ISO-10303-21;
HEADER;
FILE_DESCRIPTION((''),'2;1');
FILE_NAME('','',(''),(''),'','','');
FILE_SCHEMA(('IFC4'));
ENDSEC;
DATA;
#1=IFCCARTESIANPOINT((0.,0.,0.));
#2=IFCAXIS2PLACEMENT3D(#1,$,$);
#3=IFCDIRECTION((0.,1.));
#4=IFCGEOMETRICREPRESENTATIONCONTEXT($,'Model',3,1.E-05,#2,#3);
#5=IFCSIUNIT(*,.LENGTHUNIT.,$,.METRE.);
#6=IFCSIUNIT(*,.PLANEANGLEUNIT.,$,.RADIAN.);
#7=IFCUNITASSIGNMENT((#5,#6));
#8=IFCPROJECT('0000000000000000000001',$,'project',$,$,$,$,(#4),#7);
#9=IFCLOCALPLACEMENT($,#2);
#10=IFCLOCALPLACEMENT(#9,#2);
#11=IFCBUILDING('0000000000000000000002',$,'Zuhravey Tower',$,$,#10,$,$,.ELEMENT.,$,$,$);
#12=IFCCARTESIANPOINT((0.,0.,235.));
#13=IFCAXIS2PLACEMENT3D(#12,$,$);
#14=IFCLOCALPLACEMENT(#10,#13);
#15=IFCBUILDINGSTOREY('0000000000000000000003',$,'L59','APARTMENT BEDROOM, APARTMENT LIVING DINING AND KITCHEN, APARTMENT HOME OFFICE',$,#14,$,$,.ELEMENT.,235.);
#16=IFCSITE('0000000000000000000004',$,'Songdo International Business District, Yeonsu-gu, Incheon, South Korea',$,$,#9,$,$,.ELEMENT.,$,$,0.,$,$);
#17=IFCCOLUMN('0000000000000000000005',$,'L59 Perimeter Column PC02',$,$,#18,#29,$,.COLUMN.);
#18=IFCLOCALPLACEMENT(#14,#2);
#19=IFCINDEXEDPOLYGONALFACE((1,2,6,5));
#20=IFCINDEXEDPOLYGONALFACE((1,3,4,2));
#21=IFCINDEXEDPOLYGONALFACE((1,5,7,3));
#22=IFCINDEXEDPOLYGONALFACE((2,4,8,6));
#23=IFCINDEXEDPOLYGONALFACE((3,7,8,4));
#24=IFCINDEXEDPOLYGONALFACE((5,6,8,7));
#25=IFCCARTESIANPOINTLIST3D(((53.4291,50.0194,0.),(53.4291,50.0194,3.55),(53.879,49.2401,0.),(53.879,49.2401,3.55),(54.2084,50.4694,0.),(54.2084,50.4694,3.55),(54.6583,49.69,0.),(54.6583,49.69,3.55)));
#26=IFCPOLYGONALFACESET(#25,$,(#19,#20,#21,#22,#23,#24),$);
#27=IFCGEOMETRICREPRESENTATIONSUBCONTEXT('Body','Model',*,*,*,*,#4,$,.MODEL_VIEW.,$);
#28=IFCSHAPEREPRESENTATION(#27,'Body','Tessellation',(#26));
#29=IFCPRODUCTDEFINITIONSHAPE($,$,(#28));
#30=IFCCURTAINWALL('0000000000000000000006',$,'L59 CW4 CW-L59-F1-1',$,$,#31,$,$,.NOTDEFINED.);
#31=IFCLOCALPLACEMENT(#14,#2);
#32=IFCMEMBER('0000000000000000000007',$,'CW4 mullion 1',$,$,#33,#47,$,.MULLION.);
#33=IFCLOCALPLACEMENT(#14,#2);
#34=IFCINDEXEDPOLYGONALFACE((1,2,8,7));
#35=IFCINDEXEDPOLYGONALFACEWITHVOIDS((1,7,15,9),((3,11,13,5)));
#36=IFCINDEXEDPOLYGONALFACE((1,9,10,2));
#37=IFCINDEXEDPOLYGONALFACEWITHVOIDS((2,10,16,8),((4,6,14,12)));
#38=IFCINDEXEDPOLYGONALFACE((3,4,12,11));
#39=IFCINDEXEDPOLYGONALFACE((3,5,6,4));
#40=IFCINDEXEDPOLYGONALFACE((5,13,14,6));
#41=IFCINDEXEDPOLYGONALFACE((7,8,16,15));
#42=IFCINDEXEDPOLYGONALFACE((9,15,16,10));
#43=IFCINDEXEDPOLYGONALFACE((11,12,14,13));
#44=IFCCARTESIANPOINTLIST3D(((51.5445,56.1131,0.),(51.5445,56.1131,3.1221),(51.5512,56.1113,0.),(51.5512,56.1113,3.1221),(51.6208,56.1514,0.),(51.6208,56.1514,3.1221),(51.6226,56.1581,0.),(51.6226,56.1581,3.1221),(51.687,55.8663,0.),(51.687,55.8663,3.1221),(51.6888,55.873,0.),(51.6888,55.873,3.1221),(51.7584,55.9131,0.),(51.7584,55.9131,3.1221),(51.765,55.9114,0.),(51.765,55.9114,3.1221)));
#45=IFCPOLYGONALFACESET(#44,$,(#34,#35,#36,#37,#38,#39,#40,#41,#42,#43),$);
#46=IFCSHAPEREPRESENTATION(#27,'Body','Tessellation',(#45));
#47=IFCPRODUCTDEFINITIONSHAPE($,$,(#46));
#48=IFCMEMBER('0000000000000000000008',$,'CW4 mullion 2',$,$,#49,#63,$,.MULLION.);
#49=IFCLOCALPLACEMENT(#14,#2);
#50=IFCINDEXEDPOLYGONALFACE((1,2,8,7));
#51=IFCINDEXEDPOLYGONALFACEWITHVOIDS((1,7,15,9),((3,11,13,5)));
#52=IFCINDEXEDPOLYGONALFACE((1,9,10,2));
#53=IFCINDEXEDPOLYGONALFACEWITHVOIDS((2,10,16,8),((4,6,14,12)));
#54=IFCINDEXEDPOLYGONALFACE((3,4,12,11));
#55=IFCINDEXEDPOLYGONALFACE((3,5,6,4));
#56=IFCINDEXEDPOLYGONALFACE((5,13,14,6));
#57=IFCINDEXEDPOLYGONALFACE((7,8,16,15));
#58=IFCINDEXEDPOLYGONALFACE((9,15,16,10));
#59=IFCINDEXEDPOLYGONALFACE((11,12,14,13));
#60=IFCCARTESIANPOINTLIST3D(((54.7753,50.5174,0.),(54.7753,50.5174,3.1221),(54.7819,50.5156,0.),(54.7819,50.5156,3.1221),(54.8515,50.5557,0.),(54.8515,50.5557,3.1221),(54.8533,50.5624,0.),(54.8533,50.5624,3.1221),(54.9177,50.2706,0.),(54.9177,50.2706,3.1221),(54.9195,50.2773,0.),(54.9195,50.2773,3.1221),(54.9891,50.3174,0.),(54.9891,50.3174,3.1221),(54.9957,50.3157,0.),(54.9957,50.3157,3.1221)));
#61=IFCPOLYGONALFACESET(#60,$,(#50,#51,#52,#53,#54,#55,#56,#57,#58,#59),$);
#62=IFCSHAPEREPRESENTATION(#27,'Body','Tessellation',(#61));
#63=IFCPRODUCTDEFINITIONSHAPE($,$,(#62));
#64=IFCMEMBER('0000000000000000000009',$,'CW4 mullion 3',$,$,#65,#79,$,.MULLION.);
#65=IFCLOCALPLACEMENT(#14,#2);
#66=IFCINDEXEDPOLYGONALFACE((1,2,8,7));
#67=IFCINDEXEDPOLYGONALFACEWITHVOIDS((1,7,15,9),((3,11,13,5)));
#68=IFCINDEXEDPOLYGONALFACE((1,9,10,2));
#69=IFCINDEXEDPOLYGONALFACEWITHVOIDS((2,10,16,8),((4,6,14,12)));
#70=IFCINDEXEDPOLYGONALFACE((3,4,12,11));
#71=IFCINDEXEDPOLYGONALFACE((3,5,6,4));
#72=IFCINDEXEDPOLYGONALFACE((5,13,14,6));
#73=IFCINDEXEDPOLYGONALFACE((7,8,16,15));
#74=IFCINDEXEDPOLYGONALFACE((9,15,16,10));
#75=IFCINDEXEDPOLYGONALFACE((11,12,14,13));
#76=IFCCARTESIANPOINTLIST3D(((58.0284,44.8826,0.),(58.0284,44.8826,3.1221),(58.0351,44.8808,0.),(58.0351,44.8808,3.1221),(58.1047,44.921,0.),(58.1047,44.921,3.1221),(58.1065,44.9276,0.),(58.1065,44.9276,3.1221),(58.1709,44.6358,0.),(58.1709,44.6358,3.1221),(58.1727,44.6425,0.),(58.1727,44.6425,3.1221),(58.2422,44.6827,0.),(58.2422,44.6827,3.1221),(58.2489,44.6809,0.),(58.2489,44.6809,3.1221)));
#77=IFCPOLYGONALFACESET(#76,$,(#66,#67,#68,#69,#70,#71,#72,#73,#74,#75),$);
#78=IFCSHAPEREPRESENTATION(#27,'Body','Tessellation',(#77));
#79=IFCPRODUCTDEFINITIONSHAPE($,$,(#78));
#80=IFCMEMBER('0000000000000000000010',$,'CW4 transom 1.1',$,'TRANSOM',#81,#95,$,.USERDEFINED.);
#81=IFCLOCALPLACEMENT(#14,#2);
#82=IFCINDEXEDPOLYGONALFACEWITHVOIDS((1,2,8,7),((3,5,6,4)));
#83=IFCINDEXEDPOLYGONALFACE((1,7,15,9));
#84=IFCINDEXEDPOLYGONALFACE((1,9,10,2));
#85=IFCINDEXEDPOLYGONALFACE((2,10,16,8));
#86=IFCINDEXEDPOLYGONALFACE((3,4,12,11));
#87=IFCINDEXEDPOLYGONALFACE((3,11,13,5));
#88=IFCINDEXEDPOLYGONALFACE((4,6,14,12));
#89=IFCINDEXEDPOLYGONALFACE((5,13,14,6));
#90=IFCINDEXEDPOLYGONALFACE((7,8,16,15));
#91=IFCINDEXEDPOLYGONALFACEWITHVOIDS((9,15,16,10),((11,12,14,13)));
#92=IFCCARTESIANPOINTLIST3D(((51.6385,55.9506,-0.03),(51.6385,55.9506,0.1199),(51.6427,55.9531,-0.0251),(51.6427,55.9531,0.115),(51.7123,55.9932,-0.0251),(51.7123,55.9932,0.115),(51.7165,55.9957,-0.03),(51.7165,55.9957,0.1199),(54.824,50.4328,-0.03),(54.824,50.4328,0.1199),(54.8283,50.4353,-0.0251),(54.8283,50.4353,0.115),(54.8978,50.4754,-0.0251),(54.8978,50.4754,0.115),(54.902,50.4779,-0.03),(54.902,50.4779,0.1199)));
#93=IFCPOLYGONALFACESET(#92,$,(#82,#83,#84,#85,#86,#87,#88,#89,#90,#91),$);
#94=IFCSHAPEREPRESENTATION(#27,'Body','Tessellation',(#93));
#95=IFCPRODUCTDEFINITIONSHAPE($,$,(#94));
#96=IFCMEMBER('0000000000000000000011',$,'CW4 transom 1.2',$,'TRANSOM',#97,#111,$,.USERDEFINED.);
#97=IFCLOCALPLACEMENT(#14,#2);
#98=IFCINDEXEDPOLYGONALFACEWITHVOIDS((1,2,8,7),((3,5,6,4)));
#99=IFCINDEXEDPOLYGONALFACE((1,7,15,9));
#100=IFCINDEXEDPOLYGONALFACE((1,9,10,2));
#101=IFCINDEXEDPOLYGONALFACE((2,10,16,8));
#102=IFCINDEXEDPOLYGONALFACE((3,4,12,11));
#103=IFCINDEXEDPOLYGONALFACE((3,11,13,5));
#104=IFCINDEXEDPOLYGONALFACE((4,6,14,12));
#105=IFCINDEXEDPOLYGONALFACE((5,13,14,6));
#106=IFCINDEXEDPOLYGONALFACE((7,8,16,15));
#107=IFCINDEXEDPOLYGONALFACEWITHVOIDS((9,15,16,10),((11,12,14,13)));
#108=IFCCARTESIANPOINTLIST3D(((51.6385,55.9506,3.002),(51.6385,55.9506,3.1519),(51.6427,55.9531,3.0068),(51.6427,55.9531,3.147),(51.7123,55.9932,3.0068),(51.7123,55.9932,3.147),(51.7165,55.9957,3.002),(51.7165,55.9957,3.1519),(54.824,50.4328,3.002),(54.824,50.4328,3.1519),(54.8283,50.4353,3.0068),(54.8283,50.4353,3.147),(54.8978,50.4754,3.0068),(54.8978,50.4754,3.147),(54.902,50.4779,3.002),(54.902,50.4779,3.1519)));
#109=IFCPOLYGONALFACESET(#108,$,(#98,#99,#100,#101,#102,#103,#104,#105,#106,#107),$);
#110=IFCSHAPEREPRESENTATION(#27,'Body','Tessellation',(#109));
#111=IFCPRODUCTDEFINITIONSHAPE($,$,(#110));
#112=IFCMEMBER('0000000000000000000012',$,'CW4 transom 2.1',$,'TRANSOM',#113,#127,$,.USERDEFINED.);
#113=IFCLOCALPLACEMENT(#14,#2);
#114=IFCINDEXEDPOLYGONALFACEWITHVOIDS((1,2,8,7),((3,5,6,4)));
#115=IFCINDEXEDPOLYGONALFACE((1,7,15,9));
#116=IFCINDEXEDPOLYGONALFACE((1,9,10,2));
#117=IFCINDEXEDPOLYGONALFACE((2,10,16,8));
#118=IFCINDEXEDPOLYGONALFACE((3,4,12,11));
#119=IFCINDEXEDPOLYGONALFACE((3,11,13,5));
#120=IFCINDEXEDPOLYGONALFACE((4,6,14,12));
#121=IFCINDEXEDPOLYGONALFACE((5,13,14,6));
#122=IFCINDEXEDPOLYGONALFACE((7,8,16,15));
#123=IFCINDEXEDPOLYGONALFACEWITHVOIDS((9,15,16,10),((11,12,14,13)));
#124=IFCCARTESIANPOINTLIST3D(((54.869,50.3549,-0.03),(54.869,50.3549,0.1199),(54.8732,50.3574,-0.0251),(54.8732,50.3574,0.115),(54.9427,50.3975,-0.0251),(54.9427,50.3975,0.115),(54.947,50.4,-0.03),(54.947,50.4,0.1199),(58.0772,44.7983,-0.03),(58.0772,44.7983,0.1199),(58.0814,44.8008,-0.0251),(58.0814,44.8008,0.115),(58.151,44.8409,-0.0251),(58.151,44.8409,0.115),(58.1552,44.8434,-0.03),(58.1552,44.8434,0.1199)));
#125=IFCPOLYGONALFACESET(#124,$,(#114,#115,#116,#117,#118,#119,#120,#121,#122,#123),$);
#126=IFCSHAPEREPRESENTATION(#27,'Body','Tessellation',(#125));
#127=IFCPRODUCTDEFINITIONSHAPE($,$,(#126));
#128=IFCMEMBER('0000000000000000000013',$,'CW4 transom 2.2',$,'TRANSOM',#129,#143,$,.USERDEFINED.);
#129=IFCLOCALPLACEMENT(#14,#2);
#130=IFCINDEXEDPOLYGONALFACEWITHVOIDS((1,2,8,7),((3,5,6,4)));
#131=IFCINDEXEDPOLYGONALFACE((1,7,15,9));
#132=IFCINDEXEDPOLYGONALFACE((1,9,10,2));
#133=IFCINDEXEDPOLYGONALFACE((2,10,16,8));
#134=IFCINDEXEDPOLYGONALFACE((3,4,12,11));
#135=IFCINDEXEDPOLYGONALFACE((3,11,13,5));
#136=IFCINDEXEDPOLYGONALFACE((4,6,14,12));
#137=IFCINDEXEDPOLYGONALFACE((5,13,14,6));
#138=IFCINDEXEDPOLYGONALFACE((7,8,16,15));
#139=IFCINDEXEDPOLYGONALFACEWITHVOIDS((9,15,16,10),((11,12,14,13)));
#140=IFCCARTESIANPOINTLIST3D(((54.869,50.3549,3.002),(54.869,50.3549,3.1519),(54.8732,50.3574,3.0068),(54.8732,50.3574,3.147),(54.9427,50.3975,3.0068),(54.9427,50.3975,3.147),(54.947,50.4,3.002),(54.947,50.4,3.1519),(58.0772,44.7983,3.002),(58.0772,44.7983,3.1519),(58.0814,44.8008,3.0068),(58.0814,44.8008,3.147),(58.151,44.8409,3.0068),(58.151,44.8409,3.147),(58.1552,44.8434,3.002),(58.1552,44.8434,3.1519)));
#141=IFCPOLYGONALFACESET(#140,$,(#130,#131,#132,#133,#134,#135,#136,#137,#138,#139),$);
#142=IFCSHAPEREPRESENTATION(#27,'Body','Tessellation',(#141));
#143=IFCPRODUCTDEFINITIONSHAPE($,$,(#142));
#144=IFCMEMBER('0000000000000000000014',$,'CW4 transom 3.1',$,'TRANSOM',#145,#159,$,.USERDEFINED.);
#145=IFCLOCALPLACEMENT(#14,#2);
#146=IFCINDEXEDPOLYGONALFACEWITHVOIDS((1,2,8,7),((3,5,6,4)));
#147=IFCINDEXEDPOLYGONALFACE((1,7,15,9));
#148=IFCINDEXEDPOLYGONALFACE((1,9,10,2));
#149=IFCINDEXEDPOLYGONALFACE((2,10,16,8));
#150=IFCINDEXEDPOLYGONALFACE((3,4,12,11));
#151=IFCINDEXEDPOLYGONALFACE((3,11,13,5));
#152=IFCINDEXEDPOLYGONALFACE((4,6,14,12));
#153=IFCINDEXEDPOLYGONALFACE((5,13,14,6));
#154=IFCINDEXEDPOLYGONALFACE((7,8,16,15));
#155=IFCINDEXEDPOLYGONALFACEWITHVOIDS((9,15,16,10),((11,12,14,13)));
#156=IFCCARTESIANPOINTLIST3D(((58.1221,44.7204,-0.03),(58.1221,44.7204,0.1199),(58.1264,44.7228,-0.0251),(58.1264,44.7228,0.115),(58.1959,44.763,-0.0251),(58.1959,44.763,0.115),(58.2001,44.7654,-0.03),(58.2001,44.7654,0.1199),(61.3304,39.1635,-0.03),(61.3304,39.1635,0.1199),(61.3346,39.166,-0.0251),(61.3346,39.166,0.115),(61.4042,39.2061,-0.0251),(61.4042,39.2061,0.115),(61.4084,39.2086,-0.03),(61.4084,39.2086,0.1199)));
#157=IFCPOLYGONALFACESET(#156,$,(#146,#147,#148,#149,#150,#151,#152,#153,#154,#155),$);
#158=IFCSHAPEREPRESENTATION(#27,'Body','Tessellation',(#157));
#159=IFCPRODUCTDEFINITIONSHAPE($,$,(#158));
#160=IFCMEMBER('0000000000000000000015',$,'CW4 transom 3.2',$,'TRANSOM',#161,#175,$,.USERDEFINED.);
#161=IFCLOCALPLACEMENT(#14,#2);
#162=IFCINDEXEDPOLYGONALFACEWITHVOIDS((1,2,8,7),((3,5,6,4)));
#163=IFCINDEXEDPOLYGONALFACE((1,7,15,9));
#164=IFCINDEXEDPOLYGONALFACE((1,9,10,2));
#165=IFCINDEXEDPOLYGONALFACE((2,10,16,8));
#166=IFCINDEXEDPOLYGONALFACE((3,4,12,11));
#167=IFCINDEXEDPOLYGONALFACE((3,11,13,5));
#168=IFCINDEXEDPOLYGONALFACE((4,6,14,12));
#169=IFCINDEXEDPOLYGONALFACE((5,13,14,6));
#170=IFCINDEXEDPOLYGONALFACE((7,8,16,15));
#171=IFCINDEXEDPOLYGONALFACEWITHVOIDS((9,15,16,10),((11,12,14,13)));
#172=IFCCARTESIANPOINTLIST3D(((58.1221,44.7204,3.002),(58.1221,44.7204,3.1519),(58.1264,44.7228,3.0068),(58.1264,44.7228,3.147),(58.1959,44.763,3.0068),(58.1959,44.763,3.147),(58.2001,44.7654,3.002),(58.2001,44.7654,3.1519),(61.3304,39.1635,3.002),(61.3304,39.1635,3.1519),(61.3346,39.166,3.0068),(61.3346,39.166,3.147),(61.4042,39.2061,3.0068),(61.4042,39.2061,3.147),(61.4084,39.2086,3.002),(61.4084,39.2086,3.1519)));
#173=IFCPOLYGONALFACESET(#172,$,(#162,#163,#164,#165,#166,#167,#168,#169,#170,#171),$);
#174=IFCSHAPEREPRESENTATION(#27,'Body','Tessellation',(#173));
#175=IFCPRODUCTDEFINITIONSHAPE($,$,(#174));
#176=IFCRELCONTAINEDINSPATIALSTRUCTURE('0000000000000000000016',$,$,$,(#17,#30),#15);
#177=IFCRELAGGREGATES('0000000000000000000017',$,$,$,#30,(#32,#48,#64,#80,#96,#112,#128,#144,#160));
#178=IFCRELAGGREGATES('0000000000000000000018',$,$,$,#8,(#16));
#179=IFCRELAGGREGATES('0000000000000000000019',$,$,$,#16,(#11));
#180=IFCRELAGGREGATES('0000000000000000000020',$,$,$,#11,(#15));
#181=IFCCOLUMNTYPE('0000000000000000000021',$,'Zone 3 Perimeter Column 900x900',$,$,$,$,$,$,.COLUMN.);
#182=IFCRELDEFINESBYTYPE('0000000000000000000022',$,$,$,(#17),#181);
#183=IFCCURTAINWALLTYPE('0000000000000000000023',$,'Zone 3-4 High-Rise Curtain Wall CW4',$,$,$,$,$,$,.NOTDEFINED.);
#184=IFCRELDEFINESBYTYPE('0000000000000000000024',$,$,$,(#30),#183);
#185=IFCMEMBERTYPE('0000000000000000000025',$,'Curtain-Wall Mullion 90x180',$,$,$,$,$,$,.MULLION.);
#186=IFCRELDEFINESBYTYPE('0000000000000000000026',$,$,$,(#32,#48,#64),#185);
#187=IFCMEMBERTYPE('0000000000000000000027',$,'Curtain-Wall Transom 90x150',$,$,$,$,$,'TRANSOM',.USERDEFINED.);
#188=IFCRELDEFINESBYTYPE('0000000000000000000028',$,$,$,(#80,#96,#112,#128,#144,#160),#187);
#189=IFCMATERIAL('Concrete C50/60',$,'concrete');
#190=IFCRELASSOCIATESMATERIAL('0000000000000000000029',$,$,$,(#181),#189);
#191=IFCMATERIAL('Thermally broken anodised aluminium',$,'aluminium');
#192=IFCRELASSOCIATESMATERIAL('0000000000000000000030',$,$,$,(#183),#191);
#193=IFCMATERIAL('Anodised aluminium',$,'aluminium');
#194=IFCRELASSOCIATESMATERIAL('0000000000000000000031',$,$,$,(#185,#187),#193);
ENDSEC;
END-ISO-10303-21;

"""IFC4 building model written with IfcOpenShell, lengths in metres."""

from ifc_helpers import new_model, si_unit, direction, frame, origin, origin_2d, place, context, subcontext, project, spatial, rectangle, hollow_rectangle, extrude, material, material_profile, profile_set, type_object, element, aggregate, save


model = new_model("IFC4")

# Units and contexts
model_context = context("Model", 3, precision=1e-05, world=origin(), true_north=direction((0.0, 1.0)))
body_context = subcontext(model_context, "Body", "Model", "MODEL_VIEW")
ifc_project = project(units=[si_unit("LENGTHUNIT", "METRE"), si_unit("PLANEANGLEUNIT", "RADIAN")], contexts=[model_context])

# Site, building, storey
site_placement = place(None, origin())
site = spatial("IfcSite", under=ifc_project, at=site_placement, Name="Songdo International Business District, Yeonsu-gu, Incheon, South Korea", CompositionType="ELEMENT", RefElevation=0.0)
building_placement = place(site_placement, origin())
building = spatial("IfcBuilding", under=site, at=building_placement, Name="Zuhravey Tower", CompositionType="ELEMENT")
storey_placement = place(building_placement, frame((0.0, 0.0, 235.0)))
storey = spatial("IfcBuildingStorey", under=building, at=storey_placement, Name="L59", Description="APARTMENT BEDROOM, APARTMENT LIVING DINING AND KITCHEN, APARTMENT HOME OFFICE", CompositionType="ELEMENT", Elevation=235.0)

# Column
ifc_material_1 = material(Name="Concrete C50/60", Category="concrete")
ifc_material_profile_1 = material_profile(ifc_material_1, rectangle(XDim=0.8999, YDim=0.8999, at=origin_2d()), Name="RC-900x900")
ifc_profile_set_1 = profile_set([ifc_material_profile_1], Name="Concrete C50/60")
column_type = type_object("IfcColumnType", Name="Zone 3 Perimeter Column 900x900", PredefinedType="COLUMN", material=ifc_profile_set_1)
column_placement = place(storey_placement, frame((54.0437, 49.8547, 0.0), z_axis=(0.0, 0.0, 1.0), x_axis=(-0.5, 0.866025, 0.0)))
element("IfcColumn", 1, at=column_placement, inside=storey, type_object=column_type, Name="L59 Perimeter Column PC02", PredefinedType="COLUMN", context=body_context, shape_type="SweptSolid", body=[
    extrude(rectangle(XDim=0.8999, YDim=0.8999, at=origin_2d()), origin(), (0.0, 0.0, 1.0), 3.55),
])

# Curtain wall, members
ifc_material_2 = material(Name="Thermally broken anodised aluminium", Category="aluminium")
curtain_wall_type = type_object("IfcCurtainWallType", Name="Zone 3-4 High-Rise Curtain Wall CW4", PredefinedType="NOTDEFINED", material=ifc_material_2)
curtain_wall_placement = place(storey_placement, origin())
curtain_wall = element("IfcCurtainWall", 2, at=curtain_wall_placement, inside=storey, type_object=curtain_wall_type, Name="L59 CW4 CW-L59-F1-1", PredefinedType="NOTDEFINED")
ifc_material_3 = material(Name="Anodised aluminium", Category="aluminium")
ifc_material_profile_2 = material_profile(ifc_material_3, hollow_rectangle(XDim=0.0901, YDim=0.2849, WallThickness=0.0049, at=origin_2d()), Name="ALU-RHS-90x285x5")
ifc_profile_set_2 = profile_set([ifc_material_profile_2], Name="Anodised aluminium")
member_type_1 = type_object("IfcMemberType", Name="Curtain-Wall Mullion 90x180", PredefinedType="MULLION", material=ifc_profile_set_2)
member_1_placement = place(storey_placement, frame((51.6548, 56.0122, 0.0), z_axis=(0.0, 0.0, 1.0), x_axis=(0.866025, 0.500001, 0.0)))
member_1 = element("IfcMember", 3, at=member_1_placement, type_object=member_type_1, Name="CW4 mullion 1", PredefinedType="MULLION", context=body_context, shape_type="SweptSolid", body=[
    extrude(hollow_rectangle(XDim=0.0901, YDim=0.2849, WallThickness=0.0049, at=origin_2d()), origin(), (0.0, 0.0, 1.0), 3.1221),
])
member_2_placement = place(storey_placement, frame((54.8855, 50.4165, 0.0), z_axis=(0.0, 0.0, 1.0), x_axis=(0.866025, 0.500001, 0.0)))
member_2 = element("IfcMember", 4, at=member_2_placement, type_object=member_type_1, Name="CW4 mullion 2", PredefinedType="MULLION", context=body_context, shape_type="SweptSolid", body=[
    extrude(hollow_rectangle(XDim=0.0901, YDim=0.2849, WallThickness=0.0049, at=origin_2d()), origin(), (0.0, 0.0, 1.0), 3.1221),
])
member_3_placement = place(storey_placement, frame((58.1387, 44.7817, 0.0), z_axis=(0.0, 0.0, 1.0), x_axis=(0.866025, 0.500001, 0.0)))
member_3 = element("IfcMember", 5, at=member_3_placement, type_object=member_type_1, Name="CW4 mullion 3", PredefinedType="MULLION", context=body_context, shape_type="SweptSolid", body=[
    extrude(hollow_rectangle(XDim=0.0901, YDim=0.2849, WallThickness=0.0049, at=origin_2d()), origin(), (0.0, 0.0, 1.0), 3.1221),
])
ifc_material_profile_3 = material_profile(ifc_material_3, hollow_rectangle(XDim=0.0901, YDim=0.1499, WallThickness=0.0049, at=origin_2d()), Name="ALU-RHS-90x150x5")
ifc_profile_set_3 = profile_set([ifc_material_profile_3], Name="Anodised aluminium")
member_type_2 = type_object("IfcMemberType", Name="Curtain-Wall Transom 90x150", ElementType="TRANSOM", PredefinedType="USERDEFINED", material=ifc_profile_set_3)
member_4_placement = place(storey_placement, frame((51.6775, 55.9731, 0.0449), z_axis=(0.49998, -0.866037, 0.0), x_axis=(0.866037, 0.49998, 0.0)))
member_4 = element("IfcMember", 6, at=member_4_placement, type_object=member_type_2, Name="CW4 transom 1.1", ObjectType="TRANSOM", PredefinedType="USERDEFINED", context=body_context, shape_type="SweptSolid", body=[
    extrude(hollow_rectangle(XDim=0.0901, YDim=0.1499, WallThickness=0.0049, at=origin_2d()), origin(), (0.0, 0.0, 1.0), 6.3713),
])
member_5_placement = place(storey_placement, frame((51.6775, 55.9731, 3.0769), z_axis=(0.49998, -0.866037, 0.0), x_axis=(0.866037, 0.49998, 0.0)))
member_5 = element("IfcMember", 7, at=member_5_placement, type_object=member_type_2, Name="CW4 transom 1.2", ObjectType="TRANSOM", PredefinedType="USERDEFINED", context=body_context, shape_type="SweptSolid", body=[
    extrude(hollow_rectangle(XDim=0.0901, YDim=0.1499, WallThickness=0.0049, at=origin_2d()), origin(), (0.0, 0.0, 1.0), 6.3713),
])
member_6_placement = place(storey_placement, frame((54.908, 50.3774, 0.0449), z_axis=(0.500014, -0.866017, 0.0), x_axis=(0.866017, 0.500014, 0.0)))
member_6 = element("IfcMember", 8, at=member_6_placement, type_object=member_type_2, Name="CW4 transom 2.1", ObjectType="TRANSOM", PredefinedType="USERDEFINED", context=body_context, shape_type="SweptSolid", body=[
    extrude(hollow_rectangle(XDim=0.0901, YDim=0.1499, WallThickness=0.0049, at=origin_2d()), origin(), (0.0, 0.0, 1.0), 6.4163),
])
member_7_placement = place(storey_placement, frame((54.908, 50.3774, 3.0769), z_axis=(0.500014, -0.866017, 0.0), x_axis=(0.866017, 0.500014, 0.0)))
member_7 = element("IfcMember", 9, at=member_7_placement, type_object=member_type_2, Name="CW4 transom 2.2", ObjectType="TRANSOM", PredefinedType="USERDEFINED", context=body_context, shape_type="SweptSolid", body=[
    extrude(hollow_rectangle(XDim=0.0901, YDim=0.1499, WallThickness=0.0049, at=origin_2d()), origin(), (0.0, 0.0, 1.0), 6.4163),
])
member_8_placement = place(storey_placement, frame((58.1611, 44.7429, 0.0449), z_axis=(0.499998, -0.866027, 0.0), x_axis=(0.866027, 0.499998, 0.0)))
member_8 = element("IfcMember", 10, at=member_8_placement, type_object=member_type_2, Name="CW4 transom 3.1", ObjectType="TRANSOM", PredefinedType="USERDEFINED", context=body_context, shape_type="SweptSolid", body=[
    extrude(hollow_rectangle(XDim=0.0901, YDim=0.1499, WallThickness=0.0049, at=origin_2d()), origin(), (0.0, 0.0, 1.0), 6.4165),
])
member_9_placement = place(storey_placement, frame((58.1611, 44.7429, 3.0769), z_axis=(0.499998, -0.866027, 0.0), x_axis=(0.866027, 0.499998, 0.0)))
member_9 = element("IfcMember", 11, at=member_9_placement, type_object=member_type_2, Name="CW4 transom 3.2", ObjectType="TRANSOM", PredefinedType="USERDEFINED", context=body_context, shape_type="SweptSolid", body=[
    extrude(hollow_rectangle(XDim=0.0901, YDim=0.1499, WallThickness=0.0049, at=origin_2d()), origin(), (0.0, 0.0, 1.0), 6.4165),
])

aggregate(curtain_wall, [member_1, member_2, member_3, member_4, member_5, member_6, member_7, member_8, member_9])

save(model, "model.ifc")
